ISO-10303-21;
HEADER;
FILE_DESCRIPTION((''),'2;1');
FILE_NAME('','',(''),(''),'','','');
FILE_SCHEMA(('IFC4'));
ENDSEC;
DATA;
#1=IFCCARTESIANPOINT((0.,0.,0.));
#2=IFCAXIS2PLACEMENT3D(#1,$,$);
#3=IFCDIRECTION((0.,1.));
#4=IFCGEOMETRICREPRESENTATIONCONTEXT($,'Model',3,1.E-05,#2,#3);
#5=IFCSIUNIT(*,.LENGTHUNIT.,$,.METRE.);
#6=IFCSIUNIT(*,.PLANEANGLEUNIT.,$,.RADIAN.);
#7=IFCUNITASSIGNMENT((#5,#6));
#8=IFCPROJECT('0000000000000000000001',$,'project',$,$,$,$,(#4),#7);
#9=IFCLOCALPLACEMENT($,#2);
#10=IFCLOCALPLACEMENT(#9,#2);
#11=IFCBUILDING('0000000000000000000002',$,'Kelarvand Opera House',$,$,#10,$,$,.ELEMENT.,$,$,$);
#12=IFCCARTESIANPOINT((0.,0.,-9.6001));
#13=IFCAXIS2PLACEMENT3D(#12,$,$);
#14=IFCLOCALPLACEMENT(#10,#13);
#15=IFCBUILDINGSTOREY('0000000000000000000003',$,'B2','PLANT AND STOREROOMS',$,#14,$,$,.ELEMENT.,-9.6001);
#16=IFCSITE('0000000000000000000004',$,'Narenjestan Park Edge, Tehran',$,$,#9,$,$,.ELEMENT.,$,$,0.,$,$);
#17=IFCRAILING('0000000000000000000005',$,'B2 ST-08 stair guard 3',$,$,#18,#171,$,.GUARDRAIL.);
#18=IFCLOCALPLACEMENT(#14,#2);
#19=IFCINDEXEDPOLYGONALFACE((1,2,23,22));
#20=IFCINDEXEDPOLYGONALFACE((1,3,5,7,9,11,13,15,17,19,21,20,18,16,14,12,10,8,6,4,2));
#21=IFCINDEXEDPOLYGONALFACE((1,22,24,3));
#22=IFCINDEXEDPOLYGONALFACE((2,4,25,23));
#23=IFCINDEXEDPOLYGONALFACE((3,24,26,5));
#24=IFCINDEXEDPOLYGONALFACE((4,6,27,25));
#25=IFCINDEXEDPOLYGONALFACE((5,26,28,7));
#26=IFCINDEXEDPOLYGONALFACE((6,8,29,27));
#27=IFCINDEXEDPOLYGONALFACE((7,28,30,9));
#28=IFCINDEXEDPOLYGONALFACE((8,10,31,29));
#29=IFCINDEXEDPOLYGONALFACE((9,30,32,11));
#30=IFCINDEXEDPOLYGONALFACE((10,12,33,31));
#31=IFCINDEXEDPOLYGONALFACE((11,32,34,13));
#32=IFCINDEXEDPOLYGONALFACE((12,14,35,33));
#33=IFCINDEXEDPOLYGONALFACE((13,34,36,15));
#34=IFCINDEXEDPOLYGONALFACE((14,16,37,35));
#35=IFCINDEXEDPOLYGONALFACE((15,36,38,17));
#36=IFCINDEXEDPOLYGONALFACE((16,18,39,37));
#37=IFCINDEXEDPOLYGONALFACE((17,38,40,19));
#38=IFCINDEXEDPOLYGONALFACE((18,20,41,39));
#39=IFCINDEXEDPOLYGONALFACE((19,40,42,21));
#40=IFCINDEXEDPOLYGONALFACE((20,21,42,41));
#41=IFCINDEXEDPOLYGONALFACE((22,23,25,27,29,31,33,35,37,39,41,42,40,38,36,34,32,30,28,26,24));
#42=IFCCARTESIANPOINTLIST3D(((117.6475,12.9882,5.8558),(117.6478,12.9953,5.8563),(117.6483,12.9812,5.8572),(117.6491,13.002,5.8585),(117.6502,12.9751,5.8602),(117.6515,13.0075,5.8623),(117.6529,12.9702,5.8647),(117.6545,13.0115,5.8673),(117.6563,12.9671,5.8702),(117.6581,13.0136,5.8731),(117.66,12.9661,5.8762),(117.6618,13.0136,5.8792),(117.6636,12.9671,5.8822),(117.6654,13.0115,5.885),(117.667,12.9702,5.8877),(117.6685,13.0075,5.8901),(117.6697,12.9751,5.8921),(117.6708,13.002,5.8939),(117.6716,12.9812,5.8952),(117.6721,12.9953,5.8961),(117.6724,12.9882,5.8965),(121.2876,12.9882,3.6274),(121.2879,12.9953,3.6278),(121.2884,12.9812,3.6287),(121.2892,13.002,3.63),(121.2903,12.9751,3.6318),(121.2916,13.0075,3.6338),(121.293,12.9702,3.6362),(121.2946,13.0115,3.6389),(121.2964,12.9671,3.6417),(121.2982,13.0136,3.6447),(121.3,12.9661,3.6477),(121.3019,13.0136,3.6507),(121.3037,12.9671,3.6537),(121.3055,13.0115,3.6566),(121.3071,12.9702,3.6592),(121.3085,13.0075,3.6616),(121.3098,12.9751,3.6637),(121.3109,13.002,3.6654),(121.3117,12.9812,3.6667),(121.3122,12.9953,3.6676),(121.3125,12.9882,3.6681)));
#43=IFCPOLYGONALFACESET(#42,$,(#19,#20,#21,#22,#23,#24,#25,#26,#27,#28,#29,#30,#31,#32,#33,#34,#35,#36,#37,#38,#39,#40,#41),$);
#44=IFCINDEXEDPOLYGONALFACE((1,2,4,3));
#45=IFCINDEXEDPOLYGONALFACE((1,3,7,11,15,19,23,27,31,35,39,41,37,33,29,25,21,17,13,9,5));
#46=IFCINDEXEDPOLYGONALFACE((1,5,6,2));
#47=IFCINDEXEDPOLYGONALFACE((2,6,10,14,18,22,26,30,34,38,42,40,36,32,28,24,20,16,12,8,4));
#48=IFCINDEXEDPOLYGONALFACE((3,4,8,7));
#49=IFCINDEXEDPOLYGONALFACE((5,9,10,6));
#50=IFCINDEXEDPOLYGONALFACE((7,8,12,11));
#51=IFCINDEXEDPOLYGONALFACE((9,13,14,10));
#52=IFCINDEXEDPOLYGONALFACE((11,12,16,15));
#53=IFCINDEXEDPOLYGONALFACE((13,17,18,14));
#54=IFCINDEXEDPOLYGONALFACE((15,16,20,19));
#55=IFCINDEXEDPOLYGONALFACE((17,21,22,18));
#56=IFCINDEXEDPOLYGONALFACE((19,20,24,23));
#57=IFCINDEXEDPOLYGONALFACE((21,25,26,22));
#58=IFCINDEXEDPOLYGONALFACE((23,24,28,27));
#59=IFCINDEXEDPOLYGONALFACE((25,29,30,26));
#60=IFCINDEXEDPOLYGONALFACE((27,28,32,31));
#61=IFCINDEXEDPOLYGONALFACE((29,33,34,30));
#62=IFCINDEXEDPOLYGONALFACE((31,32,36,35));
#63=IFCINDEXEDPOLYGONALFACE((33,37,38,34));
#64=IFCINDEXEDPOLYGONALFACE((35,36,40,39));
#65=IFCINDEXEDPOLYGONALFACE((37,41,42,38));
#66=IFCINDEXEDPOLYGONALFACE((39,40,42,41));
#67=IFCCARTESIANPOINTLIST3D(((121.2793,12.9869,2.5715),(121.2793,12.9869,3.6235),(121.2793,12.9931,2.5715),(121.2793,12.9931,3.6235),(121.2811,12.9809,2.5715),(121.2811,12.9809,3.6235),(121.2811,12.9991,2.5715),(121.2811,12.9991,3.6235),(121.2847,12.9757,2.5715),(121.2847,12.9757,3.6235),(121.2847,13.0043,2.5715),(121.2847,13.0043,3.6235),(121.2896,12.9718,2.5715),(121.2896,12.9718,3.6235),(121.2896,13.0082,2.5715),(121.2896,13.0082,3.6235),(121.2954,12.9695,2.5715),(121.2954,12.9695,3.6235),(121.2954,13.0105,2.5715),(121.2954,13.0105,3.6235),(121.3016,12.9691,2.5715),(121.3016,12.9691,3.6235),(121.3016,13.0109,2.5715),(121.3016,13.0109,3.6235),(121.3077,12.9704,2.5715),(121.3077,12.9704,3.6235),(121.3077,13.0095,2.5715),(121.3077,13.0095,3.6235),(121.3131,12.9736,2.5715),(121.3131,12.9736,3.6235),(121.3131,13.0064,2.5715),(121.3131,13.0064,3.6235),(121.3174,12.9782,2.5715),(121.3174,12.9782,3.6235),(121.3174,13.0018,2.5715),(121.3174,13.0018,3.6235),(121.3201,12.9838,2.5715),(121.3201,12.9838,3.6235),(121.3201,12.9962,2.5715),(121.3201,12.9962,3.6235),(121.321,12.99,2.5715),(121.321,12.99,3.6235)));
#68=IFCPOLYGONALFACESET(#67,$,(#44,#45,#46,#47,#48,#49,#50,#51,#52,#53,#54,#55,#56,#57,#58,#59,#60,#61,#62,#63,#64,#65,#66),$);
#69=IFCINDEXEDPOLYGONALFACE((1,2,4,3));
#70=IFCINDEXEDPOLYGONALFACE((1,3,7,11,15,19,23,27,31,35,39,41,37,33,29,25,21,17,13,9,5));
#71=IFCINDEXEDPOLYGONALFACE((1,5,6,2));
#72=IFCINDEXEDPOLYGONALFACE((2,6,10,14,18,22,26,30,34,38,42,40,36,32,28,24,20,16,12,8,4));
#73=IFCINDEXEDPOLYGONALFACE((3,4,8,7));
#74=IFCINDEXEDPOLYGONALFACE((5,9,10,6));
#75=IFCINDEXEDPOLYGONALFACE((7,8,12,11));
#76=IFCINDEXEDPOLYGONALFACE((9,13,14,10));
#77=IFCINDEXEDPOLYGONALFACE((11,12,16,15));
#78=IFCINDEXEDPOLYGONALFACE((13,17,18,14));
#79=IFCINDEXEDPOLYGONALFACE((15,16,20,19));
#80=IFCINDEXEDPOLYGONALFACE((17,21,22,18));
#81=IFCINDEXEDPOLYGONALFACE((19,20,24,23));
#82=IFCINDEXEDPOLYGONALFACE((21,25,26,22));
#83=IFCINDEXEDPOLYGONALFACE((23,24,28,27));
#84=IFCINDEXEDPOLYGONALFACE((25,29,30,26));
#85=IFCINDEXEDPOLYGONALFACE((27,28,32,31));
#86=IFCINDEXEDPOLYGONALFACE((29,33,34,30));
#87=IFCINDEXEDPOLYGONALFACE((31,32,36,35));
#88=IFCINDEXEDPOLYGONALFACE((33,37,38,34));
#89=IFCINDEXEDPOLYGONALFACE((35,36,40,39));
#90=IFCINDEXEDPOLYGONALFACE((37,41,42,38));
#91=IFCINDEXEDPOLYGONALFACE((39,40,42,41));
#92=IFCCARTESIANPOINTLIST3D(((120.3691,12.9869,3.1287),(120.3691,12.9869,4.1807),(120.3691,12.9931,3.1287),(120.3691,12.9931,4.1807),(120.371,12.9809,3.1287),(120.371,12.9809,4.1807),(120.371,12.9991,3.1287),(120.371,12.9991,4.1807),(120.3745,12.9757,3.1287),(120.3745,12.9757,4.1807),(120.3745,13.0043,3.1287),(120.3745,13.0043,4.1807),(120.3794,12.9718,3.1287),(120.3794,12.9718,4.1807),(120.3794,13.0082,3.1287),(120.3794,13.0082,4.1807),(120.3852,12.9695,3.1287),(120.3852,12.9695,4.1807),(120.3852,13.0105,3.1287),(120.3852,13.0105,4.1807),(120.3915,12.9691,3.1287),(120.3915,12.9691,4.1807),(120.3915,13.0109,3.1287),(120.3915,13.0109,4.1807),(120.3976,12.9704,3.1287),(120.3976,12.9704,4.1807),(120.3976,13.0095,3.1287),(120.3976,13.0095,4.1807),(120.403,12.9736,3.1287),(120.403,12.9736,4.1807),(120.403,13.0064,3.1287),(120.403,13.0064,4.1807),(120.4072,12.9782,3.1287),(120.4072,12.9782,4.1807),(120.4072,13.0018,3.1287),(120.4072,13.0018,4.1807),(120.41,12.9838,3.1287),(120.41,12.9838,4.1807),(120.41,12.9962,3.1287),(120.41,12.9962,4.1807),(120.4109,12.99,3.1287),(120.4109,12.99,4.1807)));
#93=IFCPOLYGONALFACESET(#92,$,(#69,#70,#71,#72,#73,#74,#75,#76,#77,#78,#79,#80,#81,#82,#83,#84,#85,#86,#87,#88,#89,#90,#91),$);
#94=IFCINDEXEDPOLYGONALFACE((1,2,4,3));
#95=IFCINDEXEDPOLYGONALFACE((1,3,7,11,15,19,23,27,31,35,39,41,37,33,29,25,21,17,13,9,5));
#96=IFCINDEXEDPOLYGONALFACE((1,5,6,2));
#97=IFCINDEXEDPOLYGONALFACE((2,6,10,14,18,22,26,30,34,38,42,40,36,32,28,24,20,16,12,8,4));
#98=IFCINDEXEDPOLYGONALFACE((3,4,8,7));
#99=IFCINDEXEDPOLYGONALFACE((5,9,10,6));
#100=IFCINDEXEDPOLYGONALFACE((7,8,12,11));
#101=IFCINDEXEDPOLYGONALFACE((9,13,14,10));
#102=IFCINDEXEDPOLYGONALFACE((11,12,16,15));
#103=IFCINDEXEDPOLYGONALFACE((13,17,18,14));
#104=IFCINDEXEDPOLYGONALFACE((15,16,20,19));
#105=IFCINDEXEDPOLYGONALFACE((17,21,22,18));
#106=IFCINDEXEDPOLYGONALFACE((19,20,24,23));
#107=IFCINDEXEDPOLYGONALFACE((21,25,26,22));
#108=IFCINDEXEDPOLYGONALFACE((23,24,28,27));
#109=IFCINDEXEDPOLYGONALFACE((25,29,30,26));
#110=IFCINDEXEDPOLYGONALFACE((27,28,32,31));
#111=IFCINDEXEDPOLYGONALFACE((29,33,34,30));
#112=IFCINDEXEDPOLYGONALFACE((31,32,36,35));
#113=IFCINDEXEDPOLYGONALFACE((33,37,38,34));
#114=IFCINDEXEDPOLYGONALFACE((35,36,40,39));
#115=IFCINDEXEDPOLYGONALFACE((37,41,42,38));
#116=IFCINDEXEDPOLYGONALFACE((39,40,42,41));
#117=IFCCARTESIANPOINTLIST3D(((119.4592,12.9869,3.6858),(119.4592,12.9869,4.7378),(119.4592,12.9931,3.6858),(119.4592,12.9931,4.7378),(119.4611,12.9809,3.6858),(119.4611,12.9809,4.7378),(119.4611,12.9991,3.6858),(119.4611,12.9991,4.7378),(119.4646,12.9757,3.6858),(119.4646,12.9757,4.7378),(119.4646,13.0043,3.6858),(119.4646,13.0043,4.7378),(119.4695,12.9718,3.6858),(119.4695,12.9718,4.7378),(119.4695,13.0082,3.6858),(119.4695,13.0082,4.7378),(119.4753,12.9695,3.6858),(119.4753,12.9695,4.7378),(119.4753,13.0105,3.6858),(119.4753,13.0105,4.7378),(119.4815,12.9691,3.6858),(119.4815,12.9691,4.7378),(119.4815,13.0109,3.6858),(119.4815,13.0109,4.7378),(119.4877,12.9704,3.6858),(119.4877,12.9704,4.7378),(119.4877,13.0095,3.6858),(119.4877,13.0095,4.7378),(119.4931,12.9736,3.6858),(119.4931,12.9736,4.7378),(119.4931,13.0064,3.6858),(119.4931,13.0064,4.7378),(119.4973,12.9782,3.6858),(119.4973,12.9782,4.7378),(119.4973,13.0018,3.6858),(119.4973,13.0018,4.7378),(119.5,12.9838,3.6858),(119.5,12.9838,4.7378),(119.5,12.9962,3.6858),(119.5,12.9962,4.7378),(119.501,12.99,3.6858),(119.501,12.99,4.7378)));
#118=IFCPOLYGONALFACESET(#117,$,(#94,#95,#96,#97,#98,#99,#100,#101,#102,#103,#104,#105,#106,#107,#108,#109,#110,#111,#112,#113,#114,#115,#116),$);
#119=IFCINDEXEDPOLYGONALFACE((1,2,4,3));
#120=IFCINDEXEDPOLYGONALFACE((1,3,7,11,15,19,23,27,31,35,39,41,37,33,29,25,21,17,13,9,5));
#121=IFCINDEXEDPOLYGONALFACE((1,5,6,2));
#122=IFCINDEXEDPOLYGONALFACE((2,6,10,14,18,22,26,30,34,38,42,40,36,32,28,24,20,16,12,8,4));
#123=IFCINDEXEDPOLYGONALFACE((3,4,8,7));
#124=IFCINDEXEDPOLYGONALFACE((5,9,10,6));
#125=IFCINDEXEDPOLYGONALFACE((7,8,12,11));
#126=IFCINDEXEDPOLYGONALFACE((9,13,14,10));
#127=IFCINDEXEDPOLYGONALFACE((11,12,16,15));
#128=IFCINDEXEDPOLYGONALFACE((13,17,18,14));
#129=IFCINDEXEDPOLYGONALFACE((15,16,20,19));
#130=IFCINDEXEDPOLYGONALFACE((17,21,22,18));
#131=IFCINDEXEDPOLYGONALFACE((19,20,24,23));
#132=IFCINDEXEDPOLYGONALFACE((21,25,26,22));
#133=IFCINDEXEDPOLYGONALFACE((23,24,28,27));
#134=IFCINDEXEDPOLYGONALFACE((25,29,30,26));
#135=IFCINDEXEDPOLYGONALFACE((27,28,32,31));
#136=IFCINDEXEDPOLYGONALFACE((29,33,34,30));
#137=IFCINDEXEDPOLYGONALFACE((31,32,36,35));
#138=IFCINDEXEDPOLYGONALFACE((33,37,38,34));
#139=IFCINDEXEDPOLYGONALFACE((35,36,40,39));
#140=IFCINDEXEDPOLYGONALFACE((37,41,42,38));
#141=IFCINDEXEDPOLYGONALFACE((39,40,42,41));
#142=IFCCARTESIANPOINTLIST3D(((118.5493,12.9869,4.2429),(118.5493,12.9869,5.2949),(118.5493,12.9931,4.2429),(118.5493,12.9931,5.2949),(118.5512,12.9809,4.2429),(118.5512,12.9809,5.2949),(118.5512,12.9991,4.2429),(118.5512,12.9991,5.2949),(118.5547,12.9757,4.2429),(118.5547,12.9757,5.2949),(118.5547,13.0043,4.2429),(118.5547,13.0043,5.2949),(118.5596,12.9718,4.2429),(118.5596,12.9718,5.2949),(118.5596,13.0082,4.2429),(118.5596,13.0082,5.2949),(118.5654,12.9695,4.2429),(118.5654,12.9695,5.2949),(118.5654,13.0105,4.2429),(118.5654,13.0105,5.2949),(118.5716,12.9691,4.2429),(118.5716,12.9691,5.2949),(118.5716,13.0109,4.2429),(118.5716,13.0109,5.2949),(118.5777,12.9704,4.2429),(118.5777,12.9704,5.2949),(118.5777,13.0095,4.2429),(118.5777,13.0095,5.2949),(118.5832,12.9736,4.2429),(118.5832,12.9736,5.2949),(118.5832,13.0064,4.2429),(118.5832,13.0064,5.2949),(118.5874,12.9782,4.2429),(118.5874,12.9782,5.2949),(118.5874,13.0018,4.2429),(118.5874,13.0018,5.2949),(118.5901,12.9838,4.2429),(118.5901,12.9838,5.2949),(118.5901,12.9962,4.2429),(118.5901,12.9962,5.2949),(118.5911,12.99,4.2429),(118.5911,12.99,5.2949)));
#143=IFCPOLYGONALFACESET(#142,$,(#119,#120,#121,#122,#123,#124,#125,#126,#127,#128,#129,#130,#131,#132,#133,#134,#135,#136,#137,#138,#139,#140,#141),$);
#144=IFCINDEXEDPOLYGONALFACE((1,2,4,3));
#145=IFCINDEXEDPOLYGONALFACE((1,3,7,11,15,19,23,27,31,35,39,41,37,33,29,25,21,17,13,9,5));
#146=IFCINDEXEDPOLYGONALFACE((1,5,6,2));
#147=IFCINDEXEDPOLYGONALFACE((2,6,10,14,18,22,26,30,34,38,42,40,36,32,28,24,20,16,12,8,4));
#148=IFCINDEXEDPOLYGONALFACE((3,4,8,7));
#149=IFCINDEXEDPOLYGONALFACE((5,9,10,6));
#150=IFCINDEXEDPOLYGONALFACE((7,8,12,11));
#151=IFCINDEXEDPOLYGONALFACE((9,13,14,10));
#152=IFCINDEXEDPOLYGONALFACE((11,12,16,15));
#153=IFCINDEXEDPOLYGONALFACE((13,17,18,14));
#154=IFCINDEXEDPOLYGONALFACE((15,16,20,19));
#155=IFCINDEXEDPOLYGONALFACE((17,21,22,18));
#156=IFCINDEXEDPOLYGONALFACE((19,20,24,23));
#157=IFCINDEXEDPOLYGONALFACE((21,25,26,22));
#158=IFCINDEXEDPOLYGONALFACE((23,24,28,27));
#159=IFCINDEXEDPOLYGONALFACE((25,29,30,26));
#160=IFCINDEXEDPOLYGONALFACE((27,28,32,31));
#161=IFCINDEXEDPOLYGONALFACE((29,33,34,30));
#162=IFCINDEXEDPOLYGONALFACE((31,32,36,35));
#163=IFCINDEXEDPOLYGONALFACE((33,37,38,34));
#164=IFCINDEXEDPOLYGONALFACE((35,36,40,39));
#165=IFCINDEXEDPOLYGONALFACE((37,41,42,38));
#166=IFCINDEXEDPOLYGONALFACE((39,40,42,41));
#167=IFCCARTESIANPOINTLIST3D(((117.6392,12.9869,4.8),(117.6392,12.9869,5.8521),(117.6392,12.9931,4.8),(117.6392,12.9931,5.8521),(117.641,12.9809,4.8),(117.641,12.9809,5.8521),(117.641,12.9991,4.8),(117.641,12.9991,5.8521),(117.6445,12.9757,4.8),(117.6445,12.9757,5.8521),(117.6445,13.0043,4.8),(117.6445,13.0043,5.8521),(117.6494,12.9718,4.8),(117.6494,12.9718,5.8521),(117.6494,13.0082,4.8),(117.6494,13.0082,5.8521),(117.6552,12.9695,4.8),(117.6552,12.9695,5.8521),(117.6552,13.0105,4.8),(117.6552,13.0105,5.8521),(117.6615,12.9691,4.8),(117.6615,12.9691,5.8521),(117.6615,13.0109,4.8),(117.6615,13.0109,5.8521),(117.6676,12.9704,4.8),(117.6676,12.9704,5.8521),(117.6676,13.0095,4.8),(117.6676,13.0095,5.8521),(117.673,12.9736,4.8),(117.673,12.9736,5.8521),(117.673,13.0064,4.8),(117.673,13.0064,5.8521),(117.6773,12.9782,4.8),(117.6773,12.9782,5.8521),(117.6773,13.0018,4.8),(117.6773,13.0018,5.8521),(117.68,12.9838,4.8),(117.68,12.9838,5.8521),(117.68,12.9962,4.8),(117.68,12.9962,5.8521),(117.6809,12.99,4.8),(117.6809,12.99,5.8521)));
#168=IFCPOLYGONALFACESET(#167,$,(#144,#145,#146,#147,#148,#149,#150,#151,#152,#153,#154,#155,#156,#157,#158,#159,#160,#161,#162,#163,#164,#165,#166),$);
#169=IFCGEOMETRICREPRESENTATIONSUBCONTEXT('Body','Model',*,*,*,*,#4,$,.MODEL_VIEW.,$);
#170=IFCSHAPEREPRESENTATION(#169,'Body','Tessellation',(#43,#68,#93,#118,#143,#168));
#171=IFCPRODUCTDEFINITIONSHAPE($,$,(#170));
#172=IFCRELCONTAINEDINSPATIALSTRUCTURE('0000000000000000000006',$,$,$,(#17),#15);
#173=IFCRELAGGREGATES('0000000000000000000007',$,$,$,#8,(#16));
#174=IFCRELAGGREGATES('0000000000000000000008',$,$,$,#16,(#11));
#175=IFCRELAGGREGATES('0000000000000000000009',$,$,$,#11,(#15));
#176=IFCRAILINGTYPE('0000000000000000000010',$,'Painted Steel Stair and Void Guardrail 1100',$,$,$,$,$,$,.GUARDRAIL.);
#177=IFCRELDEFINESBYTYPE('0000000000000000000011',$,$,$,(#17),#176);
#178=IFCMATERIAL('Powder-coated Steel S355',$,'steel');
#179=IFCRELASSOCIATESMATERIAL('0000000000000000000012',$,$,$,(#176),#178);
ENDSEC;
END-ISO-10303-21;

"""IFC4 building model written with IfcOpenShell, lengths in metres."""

from ifc_helpers import new_model, si_unit, direction, frame, origin, origin_2d, place, context, subcontext, project, spatial, circle, extrude, material, type_object, element, save


model = new_model("IFC4")

# Units and contexts
model_context = context("Model", 3, precision=1e-05, world=origin(), true_north=direction((0.0, 1.0)))
body_context = subcontext(model_context, "Body", "Model", "MODEL_VIEW")
ifc_project = project(units=[si_unit("LENGTHUNIT", "METRE"), si_unit("PLANEANGLEUNIT", "RADIAN")], contexts=[model_context])

# Site, building, storey
site_placement = place(None, origin())
site = spatial("IfcSite", under=ifc_project, at=site_placement, Name="Narenjestan Park Edge, Tehran", CompositionType="ELEMENT", RefElevation=0.0)
building_placement = place(site_placement, origin())
building = spatial("IfcBuilding", under=site, at=building_placement, Name="Kelarvand Opera House", CompositionType="ELEMENT")
storey_placement = place(building_placement, frame((0.0, 0.0, -9.6001)))
storey = spatial("IfcBuildingStorey", under=building, at=storey_placement, Name="B2", Description="PLANT AND STOREROOMS", CompositionType="ELEMENT", Elevation=-9.6001)

# Railing
ifc_material_1 = material(Name="Powder-coated Steel S355", Category="steel")
railing_type_1 = type_object("IfcRailingType", Name="Painted Steel Stair and Void Guardrail 1100", PredefinedType="GUARDRAIL", material=ifc_material_1)
railing_1_placement = place(storey_placement, frame((121.3, 12.99, 2.5715)))
element("IfcRailing", 1, at=railing_1_placement, inside=storey, type_object=railing_type_1, Name="B2 ST-08 stair guard 3", PredefinedType="GUARDRAIL", context=body_context, shape_type="SweptSolid", body=[
    extrude(circle(Radius=0.0239, at=origin_2d()), frame((0.0, 0.0, 1.0762), z_axis=(-0.852866, 0.0, 0.52213), x_axis=(0.0, -1.0, 0.0)), (0.0, 0.0, 1.0), 4.2681),
    extrude(circle(Radius=0.021, at=origin_2d()), origin(), (0.0, 0.0, 1.0), 1.052),
    extrude(circle(Radius=0.021, at=origin_2d()), frame((-0.9102, 0.0, 0.5571)), (0.0, 0.0, 1.0), 1.052),
    extrude(circle(Radius=0.021, at=origin_2d()), frame((-1.8201, 0.0, 1.1143)), (0.0, 0.0, 1.0), 1.052),
    extrude(circle(Radius=0.021, at=origin_2d()), frame((-2.73, 0.0, 1.6714)), (0.0, 0.0, 1.0), 1.052),
    extrude(circle(Radius=0.021, at=origin_2d()), frame((-3.6401, 0.0, 2.2285)), (0.0, 0.0, 1.0), 1.052),
])

save(model, "model.ifc")
